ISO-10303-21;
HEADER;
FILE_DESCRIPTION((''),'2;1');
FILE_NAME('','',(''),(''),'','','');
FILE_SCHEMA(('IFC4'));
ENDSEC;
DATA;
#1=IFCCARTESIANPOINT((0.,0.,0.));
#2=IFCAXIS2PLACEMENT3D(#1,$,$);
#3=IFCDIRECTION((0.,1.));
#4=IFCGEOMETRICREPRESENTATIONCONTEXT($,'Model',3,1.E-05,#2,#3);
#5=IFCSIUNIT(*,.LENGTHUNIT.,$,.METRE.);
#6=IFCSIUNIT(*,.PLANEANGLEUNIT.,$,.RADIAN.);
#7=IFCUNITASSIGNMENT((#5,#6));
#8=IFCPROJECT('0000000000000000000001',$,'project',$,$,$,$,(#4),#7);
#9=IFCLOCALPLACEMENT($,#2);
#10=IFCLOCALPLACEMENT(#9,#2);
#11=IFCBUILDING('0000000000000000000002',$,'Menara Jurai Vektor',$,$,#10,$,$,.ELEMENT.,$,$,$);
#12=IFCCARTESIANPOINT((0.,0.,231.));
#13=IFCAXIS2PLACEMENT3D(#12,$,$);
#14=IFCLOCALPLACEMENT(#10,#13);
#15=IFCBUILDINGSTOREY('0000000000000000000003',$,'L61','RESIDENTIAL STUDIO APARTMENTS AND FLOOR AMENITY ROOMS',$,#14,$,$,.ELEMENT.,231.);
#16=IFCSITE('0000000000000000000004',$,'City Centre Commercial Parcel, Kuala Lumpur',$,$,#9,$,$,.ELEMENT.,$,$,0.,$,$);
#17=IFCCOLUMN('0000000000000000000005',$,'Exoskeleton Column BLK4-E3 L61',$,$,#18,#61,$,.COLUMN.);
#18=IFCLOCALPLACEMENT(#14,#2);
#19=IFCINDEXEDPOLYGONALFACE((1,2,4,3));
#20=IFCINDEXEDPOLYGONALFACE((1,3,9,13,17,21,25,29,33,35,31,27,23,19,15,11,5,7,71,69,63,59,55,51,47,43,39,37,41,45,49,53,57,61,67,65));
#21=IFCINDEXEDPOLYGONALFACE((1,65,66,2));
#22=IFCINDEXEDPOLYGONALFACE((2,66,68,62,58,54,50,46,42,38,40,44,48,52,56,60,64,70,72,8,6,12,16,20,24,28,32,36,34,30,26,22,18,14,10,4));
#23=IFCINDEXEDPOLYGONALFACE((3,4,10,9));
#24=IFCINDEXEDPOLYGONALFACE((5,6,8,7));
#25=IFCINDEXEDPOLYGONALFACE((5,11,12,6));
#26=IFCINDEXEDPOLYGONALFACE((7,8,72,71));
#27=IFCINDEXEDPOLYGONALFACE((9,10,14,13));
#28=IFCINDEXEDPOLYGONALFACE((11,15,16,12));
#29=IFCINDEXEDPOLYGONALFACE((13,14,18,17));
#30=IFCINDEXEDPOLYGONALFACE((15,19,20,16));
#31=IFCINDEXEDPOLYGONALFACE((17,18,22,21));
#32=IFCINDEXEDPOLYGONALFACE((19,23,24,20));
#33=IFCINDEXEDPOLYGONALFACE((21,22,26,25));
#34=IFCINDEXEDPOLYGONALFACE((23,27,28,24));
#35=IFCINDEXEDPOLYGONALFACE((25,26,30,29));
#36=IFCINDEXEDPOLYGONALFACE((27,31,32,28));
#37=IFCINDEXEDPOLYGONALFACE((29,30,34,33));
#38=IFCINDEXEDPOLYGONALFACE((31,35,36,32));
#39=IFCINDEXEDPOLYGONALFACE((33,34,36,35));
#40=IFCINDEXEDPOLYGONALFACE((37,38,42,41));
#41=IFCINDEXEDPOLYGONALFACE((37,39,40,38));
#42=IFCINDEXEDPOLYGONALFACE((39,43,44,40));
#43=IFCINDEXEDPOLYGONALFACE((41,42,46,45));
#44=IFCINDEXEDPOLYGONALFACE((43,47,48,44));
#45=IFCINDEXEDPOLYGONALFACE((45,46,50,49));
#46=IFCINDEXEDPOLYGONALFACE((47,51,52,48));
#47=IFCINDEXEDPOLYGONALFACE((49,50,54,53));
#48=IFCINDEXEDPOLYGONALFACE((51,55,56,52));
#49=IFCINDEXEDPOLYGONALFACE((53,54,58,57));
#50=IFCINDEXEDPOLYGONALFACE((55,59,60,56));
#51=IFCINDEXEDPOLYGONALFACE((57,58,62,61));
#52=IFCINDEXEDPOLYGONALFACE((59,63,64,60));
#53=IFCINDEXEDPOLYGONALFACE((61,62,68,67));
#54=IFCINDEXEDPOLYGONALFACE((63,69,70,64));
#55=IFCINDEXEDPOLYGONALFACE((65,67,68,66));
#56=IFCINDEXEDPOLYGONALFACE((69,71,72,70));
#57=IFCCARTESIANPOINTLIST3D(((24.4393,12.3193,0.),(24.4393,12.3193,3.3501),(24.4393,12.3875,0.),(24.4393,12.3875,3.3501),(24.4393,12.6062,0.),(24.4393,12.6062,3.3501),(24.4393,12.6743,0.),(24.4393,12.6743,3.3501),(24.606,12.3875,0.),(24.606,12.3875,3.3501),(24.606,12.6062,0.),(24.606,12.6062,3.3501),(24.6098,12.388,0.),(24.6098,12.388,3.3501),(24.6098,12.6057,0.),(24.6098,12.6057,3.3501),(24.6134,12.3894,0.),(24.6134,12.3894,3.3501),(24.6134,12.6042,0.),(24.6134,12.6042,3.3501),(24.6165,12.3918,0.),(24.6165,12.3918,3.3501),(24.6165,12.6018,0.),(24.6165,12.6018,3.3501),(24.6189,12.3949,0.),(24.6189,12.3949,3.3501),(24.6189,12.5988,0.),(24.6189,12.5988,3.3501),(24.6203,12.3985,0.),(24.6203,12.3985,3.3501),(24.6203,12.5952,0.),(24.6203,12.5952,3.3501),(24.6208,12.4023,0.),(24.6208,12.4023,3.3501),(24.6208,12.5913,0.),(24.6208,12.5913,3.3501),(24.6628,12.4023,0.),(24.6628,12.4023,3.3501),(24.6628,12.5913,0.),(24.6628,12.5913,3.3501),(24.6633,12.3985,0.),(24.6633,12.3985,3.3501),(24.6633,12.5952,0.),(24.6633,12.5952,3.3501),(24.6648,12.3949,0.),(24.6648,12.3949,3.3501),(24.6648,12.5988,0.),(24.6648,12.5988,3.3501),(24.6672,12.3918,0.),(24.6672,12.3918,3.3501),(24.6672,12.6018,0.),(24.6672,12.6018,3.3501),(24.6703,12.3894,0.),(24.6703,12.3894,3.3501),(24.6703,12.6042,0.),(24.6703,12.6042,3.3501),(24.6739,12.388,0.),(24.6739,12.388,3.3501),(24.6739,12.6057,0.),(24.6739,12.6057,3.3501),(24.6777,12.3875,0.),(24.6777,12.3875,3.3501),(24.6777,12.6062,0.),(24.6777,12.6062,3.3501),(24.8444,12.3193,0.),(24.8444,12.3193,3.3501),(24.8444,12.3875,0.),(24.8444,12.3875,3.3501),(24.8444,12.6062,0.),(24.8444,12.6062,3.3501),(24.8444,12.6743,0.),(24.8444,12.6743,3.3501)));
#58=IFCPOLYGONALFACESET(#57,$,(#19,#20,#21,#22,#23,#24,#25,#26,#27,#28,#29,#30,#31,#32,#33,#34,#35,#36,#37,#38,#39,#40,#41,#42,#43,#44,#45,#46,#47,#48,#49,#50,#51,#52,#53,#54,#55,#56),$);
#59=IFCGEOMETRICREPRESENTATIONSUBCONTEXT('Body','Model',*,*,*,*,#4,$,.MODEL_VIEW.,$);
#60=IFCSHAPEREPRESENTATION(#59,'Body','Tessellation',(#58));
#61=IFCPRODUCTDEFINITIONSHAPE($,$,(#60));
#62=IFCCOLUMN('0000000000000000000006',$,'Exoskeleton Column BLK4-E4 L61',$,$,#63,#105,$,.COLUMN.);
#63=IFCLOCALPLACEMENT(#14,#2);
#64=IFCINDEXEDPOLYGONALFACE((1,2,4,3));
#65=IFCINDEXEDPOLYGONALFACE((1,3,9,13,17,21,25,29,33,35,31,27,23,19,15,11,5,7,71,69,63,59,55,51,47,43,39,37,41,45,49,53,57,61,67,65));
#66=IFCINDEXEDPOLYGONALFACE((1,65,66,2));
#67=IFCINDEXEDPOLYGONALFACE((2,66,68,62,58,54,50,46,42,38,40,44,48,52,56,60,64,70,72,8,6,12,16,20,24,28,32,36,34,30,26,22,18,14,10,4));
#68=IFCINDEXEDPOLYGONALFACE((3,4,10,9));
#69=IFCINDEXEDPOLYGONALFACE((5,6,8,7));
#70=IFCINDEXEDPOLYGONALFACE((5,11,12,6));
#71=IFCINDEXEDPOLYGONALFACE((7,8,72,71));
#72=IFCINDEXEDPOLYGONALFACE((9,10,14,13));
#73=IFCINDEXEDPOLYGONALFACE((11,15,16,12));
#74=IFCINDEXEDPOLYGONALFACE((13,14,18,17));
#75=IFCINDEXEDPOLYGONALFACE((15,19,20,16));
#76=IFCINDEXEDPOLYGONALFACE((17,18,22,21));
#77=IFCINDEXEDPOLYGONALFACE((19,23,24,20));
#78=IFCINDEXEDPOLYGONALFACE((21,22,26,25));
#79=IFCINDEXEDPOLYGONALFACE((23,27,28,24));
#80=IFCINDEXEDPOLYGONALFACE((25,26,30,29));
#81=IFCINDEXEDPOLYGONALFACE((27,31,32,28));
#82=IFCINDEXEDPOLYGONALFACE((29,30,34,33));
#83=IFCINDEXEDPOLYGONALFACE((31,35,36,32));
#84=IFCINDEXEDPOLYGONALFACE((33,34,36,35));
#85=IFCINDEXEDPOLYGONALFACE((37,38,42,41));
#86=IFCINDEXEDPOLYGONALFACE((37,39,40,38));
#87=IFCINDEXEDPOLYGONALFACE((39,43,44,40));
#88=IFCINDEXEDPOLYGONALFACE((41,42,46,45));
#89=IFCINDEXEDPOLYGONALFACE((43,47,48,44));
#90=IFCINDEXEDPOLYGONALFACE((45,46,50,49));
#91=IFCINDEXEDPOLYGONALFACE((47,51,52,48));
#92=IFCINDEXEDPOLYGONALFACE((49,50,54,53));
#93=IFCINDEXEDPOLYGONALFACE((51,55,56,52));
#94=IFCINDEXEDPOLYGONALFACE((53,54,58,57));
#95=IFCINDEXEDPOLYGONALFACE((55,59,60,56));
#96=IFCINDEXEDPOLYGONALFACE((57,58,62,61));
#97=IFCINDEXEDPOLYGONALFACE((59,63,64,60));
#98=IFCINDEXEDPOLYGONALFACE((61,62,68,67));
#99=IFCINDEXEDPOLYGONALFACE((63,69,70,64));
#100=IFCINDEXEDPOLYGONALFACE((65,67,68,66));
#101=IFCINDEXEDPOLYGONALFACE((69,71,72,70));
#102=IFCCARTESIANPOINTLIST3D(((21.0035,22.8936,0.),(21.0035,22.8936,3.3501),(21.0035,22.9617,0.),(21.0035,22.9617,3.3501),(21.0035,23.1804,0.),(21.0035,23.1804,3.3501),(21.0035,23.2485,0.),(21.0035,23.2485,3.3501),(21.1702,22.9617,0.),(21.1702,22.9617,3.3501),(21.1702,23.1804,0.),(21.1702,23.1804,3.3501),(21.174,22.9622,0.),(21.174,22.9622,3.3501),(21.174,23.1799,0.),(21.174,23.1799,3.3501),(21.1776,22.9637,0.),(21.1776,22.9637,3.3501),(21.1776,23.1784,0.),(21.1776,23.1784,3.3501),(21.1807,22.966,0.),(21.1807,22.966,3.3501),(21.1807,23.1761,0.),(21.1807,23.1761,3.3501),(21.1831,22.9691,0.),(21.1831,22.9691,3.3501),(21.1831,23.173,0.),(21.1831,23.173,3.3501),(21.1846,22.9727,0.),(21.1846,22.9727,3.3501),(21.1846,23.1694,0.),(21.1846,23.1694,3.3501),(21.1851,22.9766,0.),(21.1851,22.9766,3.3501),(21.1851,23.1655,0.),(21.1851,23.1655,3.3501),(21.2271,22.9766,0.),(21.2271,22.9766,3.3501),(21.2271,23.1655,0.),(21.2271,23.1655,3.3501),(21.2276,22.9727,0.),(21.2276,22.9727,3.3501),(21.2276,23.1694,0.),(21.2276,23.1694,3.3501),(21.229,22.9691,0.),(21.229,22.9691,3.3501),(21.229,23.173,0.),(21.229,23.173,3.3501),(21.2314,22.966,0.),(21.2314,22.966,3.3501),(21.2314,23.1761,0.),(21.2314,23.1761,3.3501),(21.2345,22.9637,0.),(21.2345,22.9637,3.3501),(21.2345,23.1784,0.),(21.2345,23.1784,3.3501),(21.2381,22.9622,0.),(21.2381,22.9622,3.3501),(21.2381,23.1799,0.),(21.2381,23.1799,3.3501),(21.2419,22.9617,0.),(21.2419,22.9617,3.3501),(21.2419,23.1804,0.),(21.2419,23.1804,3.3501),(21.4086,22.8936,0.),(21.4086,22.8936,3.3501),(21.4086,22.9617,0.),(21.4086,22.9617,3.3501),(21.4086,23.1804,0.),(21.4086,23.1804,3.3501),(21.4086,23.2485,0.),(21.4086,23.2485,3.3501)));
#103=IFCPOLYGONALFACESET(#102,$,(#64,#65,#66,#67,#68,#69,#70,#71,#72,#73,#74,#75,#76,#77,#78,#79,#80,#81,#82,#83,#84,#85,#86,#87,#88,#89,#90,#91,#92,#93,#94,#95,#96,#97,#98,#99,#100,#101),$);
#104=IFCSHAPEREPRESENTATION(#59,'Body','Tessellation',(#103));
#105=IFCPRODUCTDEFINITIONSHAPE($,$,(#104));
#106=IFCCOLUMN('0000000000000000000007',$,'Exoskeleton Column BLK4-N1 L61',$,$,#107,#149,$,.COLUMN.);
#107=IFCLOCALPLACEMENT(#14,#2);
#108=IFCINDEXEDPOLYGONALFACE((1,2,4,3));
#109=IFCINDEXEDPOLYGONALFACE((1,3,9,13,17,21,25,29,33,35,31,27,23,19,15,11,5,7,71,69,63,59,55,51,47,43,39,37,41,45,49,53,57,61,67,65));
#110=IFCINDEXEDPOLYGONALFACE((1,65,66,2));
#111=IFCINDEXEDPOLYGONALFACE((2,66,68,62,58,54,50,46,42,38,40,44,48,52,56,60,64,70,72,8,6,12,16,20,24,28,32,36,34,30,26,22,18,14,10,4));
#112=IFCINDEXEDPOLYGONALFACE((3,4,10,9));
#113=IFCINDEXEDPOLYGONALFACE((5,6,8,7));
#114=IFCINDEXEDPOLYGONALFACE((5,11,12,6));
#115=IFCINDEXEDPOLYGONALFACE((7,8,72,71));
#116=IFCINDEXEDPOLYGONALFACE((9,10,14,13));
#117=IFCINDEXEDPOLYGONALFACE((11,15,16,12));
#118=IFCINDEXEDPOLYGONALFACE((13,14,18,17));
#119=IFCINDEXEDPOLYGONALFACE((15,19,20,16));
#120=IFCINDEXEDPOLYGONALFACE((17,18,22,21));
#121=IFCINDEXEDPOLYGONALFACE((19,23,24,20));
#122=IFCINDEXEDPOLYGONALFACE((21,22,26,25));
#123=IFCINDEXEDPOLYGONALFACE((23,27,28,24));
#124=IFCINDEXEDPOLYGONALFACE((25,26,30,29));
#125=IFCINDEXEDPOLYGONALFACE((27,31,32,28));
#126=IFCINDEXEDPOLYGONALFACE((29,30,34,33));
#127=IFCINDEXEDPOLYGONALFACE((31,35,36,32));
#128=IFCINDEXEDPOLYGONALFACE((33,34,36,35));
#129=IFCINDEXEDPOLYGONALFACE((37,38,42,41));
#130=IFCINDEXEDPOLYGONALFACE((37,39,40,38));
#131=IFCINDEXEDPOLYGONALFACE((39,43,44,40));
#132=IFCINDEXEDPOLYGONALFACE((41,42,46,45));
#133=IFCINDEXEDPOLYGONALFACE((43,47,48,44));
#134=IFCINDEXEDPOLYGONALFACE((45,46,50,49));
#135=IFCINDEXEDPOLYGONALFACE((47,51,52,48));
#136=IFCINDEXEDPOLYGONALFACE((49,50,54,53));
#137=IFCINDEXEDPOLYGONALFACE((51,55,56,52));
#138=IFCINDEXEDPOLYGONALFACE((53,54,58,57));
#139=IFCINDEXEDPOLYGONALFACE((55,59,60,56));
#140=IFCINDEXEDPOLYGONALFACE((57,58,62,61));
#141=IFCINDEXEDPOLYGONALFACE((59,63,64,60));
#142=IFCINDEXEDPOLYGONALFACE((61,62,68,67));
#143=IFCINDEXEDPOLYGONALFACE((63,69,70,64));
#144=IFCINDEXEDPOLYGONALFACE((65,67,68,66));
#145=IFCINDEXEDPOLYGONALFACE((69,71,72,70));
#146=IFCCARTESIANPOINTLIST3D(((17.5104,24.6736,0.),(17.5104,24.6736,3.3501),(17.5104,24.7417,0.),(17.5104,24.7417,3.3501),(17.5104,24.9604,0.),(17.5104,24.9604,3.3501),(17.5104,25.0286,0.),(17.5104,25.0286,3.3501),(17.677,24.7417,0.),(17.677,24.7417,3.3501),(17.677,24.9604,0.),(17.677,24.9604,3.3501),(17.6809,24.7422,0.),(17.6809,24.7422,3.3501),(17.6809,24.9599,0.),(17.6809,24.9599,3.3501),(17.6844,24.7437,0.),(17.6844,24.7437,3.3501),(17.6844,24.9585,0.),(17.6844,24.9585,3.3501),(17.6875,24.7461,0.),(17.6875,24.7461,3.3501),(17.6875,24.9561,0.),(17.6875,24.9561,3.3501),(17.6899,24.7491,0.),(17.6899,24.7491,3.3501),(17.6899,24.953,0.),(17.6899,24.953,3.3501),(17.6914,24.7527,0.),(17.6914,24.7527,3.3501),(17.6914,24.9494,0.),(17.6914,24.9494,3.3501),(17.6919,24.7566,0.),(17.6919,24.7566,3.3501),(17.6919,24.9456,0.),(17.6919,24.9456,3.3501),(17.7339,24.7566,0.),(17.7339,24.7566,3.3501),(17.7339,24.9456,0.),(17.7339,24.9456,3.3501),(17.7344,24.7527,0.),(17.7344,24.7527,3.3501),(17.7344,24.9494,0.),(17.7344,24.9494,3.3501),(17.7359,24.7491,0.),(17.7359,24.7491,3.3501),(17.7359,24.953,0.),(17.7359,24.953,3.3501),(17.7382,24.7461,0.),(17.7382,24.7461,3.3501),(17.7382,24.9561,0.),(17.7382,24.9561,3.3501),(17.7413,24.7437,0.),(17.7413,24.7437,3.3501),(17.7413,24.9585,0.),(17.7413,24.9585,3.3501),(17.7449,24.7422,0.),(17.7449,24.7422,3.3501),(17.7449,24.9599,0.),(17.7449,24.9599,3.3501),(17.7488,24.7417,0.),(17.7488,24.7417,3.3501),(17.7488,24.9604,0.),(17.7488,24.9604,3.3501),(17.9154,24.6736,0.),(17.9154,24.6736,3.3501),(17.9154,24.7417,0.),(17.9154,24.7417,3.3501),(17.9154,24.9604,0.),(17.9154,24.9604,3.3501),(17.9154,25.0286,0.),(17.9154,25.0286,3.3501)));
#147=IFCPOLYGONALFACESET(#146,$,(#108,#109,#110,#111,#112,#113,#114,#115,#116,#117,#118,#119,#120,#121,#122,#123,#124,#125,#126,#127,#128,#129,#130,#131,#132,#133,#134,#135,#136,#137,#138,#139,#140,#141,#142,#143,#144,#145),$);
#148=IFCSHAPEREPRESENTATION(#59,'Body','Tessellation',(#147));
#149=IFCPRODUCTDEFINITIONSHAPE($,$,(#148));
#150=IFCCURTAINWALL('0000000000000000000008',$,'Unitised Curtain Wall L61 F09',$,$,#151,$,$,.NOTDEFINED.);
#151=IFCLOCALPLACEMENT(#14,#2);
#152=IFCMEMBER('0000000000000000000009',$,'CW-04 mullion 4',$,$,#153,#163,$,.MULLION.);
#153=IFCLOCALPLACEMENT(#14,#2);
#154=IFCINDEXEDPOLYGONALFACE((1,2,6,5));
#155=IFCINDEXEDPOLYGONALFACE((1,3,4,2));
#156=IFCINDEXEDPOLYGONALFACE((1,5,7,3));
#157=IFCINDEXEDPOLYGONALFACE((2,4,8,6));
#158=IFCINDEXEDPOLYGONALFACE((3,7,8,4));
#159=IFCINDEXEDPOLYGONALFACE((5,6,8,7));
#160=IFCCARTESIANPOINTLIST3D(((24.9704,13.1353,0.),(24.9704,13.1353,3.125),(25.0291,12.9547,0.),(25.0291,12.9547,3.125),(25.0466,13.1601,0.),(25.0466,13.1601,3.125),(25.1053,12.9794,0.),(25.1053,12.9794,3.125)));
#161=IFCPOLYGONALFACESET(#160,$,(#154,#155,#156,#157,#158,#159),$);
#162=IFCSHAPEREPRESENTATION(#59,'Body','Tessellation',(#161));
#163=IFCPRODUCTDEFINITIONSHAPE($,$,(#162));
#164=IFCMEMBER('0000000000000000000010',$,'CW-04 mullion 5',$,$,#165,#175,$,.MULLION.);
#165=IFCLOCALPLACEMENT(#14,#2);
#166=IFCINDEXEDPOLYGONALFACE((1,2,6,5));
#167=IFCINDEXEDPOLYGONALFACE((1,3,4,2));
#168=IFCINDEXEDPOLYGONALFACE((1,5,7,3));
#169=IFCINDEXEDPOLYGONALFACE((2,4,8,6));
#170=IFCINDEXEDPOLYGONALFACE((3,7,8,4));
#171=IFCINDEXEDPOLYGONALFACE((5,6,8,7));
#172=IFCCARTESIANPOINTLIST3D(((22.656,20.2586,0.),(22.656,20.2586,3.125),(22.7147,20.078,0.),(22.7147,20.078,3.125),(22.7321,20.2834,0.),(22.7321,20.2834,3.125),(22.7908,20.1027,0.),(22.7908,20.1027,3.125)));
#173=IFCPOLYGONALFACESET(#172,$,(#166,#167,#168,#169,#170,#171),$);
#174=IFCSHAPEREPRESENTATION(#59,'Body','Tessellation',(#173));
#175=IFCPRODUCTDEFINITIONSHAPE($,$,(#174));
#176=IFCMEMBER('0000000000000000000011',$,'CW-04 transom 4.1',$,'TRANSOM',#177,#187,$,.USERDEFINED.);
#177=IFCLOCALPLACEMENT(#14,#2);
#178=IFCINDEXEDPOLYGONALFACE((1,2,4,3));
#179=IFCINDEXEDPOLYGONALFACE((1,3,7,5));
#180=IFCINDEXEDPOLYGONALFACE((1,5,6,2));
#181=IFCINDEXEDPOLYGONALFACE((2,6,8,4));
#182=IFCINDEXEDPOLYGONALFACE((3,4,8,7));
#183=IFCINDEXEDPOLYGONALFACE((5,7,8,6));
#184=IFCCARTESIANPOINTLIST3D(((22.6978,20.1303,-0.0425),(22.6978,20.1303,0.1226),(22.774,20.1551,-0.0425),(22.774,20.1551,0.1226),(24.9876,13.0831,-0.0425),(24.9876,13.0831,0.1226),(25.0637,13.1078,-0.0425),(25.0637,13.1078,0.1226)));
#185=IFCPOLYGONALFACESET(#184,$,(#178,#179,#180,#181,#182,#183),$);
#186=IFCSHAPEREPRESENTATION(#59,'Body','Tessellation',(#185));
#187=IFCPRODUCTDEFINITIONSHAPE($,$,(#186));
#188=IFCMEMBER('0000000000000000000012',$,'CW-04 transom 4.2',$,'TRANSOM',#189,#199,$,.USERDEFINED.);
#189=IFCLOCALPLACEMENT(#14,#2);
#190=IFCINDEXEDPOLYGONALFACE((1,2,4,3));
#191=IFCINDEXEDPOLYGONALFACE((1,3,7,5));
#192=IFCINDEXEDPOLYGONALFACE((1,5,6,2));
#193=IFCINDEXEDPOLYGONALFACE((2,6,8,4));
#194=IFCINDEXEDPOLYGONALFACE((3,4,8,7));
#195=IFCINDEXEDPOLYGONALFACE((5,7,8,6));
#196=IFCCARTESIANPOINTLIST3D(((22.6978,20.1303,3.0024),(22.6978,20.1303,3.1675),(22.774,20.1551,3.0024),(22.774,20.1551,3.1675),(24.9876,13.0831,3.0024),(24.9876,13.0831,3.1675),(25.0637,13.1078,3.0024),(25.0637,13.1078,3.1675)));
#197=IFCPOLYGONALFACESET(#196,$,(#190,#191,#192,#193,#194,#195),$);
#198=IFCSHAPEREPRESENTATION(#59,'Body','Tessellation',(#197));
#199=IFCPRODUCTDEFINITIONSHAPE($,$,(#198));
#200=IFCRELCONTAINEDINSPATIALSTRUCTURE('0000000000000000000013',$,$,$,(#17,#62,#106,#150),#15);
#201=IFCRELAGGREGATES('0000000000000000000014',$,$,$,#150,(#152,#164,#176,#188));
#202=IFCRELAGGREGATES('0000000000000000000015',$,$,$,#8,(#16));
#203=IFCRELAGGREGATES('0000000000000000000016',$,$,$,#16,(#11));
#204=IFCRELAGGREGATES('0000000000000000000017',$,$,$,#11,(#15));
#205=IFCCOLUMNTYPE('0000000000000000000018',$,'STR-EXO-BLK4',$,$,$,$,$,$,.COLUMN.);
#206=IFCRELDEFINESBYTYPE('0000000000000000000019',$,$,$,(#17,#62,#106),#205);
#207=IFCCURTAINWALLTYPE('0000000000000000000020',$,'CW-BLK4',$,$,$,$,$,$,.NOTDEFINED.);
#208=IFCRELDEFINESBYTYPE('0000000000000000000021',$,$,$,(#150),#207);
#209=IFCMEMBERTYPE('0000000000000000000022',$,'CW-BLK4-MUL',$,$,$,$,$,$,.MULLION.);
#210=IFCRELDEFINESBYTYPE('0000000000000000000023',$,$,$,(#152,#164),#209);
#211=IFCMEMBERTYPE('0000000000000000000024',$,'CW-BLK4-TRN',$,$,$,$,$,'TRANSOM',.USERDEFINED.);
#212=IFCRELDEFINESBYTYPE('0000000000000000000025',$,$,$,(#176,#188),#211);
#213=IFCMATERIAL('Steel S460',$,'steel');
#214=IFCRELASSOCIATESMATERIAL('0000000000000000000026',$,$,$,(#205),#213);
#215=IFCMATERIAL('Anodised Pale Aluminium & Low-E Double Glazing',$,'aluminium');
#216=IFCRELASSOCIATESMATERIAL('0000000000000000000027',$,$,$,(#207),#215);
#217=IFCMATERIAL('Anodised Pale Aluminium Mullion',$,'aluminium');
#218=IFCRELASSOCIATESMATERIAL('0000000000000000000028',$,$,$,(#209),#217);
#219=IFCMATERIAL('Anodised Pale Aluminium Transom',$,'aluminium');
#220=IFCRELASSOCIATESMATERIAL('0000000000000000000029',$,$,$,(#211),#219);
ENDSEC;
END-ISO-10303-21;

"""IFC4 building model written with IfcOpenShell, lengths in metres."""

from ifc_helpers import new_model, si_unit, direction, frame, origin, origin_2d, place, context, subcontext, project, spatial, rectangle, i_section, extrude, material, material_profile, profile_set, type_object, element, aggregate, save


model = new_model("IFC4")

# Units and contexts
model_context = context("Model", 3, precision=1e-05, world=origin(), true_north=direction((0.0, 1.0)))
body_context = subcontext(model_context, "Body", "Model", "MODEL_VIEW")
ifc_project = project(units=[si_unit("LENGTHUNIT", "METRE"), si_unit("PLANEANGLEUNIT", "RADIAN")], contexts=[model_context])

# Site, building, storey
site_placement = place(None, origin())
site = spatial("IfcSite", under=ifc_project, at=site_placement, Name="City Centre Commercial Parcel, Kuala Lumpur", CompositionType="ELEMENT", RefElevation=0.0)
building_placement = place(site_placement, origin())
building = spatial("IfcBuilding", under=site, at=building_placement, Name="Menara Jurai Vektor", CompositionType="ELEMENT")
storey_placement = place(building_placement, frame((0.0, 0.0, 231.0)))
storey = spatial("IfcBuildingStorey", under=building, at=storey_placement, Name="L61", Description="RESIDENTIAL STUDIO APARTMENTS AND FLOOR AMENITY ROOMS", CompositionType="ELEMENT", Elevation=231.0)

# Columns
ifc_material_1 = material(Name="Steel S460", Category="steel")
ifc_material_profile_1 = material_profile(ifc_material_1, i_section(OverallWidth=0.405, OverallDepth=0.355, WebThickness=0.042, FlangeThickness=0.0681, FilletRadius=0.0149, at=origin_2d()), Name="HD 400x551")
ifc_profile_set_1 = profile_set([ifc_material_profile_1], Name="Steel S460")
column_type = type_object("IfcColumnType", Name="STR-EXO-BLK4", PredefinedType="COLUMN", material=ifc_profile_set_1)
for number, where, z_axis, x_axis, name in (
    (1, (24.6418, 12.4968, 0.0), (0.0, 0.0, 1.0), (1.0, 0.0, 0.0), "Exoskeleton Column BLK4-E3 L61"),
    (2, (21.2061, 23.071, 0.0), (0.0, 0.0, 1.0), (1.0, 0.0, 0.0), "Exoskeleton Column BLK4-E4 L61"),
    (3, (17.7129, 24.8511, 0.0), (0.0, 0.0, 1.0), (1.0, 0.0, 0.0), "Exoskeleton Column BLK4-N1 L61"),
):
    element("IfcColumn", number, at=place(storey_placement, frame(where, z_axis=z_axis, x_axis=x_axis)), inside=storey, type_object=column_type, Name=name, PredefinedType="COLUMN", context=body_context, shape_type="SweptSolid", body=[
        extrude(i_section(OverallWidth=0.405, OverallDepth=0.355, WebThickness=0.042, FlangeThickness=0.0681, FilletRadius=0.0149, at=origin_2d()), origin(), (0.0, 0.0, 1.0), 3.3501),
    ])

# Curtain wall, members
ifc_material_2 = material(Name="Anodised Pale Aluminium & Low-E Double Glazing", Category="aluminium")
curtain_wall_type = type_object("IfcCurtainWallType", Name="CW-BLK4", PredefinedType="NOTDEFINED", material=ifc_material_2)
curtain_wall_placement = place(storey_placement, origin())
curtain_wall = element("IfcCurtainWall", 4, at=curtain_wall_placement, inside=storey, type_object=curtain_wall_type, Name="Unitised Curtain Wall L61 F09", PredefinedType="NOTDEFINED")
ifc_material_3 = material(Name="Anodised Pale Aluminium Mullion", Category="aluminium")
ifc_material_profile_2 = material_profile(ifc_material_3, rectangle(XDim=0.0801, YDim=0.1899, at=origin_2d()), Name="ALU MUL 80x190")
ifc_profile_set_2 = profile_set([ifc_material_profile_2], Name="Anodised Pale Aluminium Mullion")
member_type_1 = type_object("IfcMemberType", Name="CW-BLK4-MUL", PredefinedType="MULLION", material=ifc_profile_set_2)
member_1_placement = place(storey_placement, frame((25.0378, 13.0574, 0.0), z_axis=(0.0, 0.0, 1.0), x_axis=(-0.951056, -0.309017, 0.0)))
member_1 = element("IfcMember", 5, at=member_1_placement, type_object=member_type_1, Name="CW-04 mullion 4", PredefinedType="MULLION", context=body_context, shape_type="SweptSolid", body=[
    extrude(rectangle(XDim=0.0801, YDim=0.1899, at=origin_2d()), origin(), (0.0, 0.0, 1.0), 3.125),
])
member_2_placement = place(storey_placement, frame((22.7234, 20.1807, 0.0), z_axis=(0.0, 0.0, 1.0), x_axis=(-0.951056, -0.309017, 0.0)))
member_2 = element("IfcMember", 6, at=member_2_placement, type_object=member_type_1, Name="CW-04 mullion 5", PredefinedType="MULLION", context=body_context, shape_type="SweptSolid", body=[
    extrude(rectangle(XDim=0.0801, YDim=0.1899, at=origin_2d()), origin(), (0.0, 0.0, 1.0), 3.125),
])
ifc_material_4 = material(Name="Anodised Pale Aluminium Transom", Category="aluminium")
ifc_material_profile_3 = material_profile(ifc_material_4, rectangle(XDim=0.0801, YDim=0.165, at=origin_2d()), Name="ALU TRN 80x165")
ifc_profile_set_3 = profile_set([ifc_material_profile_3], Name="Anodised Pale Aluminium Transom")
member_type_2 = type_object("IfcMemberType", Name="CW-BLK4-TRN", ElementType="TRANSOM", PredefinedType="USERDEFINED", material=ifc_profile_set_3)
member_3_placement = place(storey_placement, frame((25.0256, 13.0955, 0.04), z_axis=(-0.309013, 0.951058, 0.0), x_axis=(-0.951058, -0.309013, 0.0)))
member_3 = element("IfcMember", 7, at=member_3_placement, type_object=member_type_2, Name="CW-04 transom 4.1", ObjectType="TRANSOM", PredefinedType="USERDEFINED", context=body_context, shape_type="SweptSolid", body=[
    extrude(rectangle(XDim=0.0801, YDim=0.165, at=origin_2d()), origin(), (0.0, 0.0, 1.0), 7.4099),
])
member_4_placement = place(storey_placement, frame((25.0256, 13.0955, 3.085), z_axis=(-0.309013, 0.951058, 0.0), x_axis=(-0.951058, -0.309013, 0.0)))
member_4 = element("IfcMember", 8, at=member_4_placement, type_object=member_type_2, Name="CW-04 transom 4.2", ObjectType="TRANSOM", PredefinedType="USERDEFINED", context=body_context, shape_type="SweptSolid", body=[
    extrude(rectangle(XDim=0.0801, YDim=0.165, at=origin_2d()), origin(), (0.0, 0.0, 1.0), 7.4099),
])

aggregate(curtain_wall, [member_1, member_2, member_3, member_4])

save(model, "model.ifc")
